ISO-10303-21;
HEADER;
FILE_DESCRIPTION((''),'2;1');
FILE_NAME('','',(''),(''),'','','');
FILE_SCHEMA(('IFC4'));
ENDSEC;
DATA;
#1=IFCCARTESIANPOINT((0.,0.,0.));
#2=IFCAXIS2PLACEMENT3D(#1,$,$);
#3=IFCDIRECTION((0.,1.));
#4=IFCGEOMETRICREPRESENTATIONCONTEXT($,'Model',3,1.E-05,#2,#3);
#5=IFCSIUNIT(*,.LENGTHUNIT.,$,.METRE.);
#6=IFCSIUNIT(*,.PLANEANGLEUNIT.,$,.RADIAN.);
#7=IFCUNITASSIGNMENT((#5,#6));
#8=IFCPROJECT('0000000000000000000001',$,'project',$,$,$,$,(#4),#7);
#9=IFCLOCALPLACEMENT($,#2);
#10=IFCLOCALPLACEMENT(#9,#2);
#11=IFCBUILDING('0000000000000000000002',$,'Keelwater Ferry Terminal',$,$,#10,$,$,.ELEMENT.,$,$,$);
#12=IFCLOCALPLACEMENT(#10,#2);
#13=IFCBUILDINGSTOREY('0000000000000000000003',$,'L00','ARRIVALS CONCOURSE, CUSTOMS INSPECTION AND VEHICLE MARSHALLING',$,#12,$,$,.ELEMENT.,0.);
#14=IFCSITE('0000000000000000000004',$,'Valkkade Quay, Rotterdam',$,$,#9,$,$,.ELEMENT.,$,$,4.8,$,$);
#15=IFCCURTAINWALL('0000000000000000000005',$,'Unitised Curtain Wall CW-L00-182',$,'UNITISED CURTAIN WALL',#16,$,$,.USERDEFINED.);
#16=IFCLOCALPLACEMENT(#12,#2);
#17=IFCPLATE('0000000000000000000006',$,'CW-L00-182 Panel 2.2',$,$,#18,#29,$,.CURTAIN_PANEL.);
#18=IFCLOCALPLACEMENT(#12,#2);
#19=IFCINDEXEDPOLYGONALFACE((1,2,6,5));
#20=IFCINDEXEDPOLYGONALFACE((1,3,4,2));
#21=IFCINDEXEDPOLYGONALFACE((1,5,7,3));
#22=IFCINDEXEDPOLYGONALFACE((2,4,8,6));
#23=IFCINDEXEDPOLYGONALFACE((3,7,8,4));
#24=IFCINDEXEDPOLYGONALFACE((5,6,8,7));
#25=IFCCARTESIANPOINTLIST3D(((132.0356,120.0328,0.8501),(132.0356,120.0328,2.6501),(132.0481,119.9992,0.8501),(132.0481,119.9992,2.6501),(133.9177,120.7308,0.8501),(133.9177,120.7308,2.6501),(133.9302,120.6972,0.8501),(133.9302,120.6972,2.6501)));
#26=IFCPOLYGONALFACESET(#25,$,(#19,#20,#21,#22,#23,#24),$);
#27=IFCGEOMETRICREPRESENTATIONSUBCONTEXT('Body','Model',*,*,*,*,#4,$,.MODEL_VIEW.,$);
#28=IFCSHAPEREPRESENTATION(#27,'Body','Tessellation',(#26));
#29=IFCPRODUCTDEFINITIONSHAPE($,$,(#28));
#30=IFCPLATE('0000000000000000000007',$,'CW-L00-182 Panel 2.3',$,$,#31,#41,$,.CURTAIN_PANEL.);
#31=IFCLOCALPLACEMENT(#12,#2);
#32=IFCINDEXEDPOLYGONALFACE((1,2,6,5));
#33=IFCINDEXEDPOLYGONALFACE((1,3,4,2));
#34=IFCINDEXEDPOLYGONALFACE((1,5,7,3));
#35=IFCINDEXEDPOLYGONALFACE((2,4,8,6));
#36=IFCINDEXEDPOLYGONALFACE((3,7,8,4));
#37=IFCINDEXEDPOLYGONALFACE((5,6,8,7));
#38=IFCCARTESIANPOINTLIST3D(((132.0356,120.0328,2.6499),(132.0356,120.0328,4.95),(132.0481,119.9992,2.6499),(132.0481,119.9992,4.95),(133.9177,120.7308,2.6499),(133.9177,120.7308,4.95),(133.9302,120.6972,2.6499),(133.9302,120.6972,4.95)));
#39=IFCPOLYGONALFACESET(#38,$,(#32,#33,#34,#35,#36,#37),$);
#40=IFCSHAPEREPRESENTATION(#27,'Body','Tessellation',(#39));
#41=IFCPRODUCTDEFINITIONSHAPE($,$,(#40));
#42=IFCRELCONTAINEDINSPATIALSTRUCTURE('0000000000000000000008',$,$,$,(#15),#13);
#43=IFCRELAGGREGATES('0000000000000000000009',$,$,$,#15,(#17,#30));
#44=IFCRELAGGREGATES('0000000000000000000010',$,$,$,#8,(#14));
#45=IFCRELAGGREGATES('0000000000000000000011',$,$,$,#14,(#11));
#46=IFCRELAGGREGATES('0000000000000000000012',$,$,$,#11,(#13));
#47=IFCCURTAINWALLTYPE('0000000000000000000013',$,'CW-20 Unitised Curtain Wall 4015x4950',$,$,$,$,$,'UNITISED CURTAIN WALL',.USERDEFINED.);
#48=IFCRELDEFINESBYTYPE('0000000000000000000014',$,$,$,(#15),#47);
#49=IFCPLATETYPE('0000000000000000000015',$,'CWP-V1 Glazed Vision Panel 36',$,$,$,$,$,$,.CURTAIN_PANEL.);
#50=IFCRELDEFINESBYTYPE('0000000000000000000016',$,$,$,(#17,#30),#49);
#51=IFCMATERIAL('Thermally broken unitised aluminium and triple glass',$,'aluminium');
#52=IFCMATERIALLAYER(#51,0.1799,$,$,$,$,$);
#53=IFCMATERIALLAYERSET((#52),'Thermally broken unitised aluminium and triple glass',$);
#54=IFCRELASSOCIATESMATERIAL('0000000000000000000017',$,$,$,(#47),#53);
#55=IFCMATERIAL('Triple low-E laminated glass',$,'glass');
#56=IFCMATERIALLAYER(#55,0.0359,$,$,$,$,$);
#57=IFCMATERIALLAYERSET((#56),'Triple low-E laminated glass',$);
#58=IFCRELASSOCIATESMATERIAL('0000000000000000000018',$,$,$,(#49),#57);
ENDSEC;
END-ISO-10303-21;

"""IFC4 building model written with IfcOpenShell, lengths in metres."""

from ifc_helpers import new_model, si_unit, direction, frame, origin, origin_2d, place, context, subcontext, project, spatial, rectangle, extrude, material, layer, layer_set, type_object, element, aggregate, save


model = new_model("IFC4")

# Units and contexts
model_context = context("Model", 3, precision=1e-05, world=origin(), true_north=direction((0.0, 1.0)))
body_context = subcontext(model_context, "Body", "Model", "MODEL_VIEW")
ifc_project = project(units=[si_unit("LENGTHUNIT", "METRE"), si_unit("PLANEANGLEUNIT", "RADIAN")], contexts=[model_context])

# Site, building, storey
site_placement = place(None, origin())
site = spatial("IfcSite", under=ifc_project, at=site_placement, Name="Valkkade Quay, Rotterdam", CompositionType="ELEMENT", RefElevation=4.8)
building_placement = place(site_placement, origin())
building = spatial("IfcBuilding", under=site, at=building_placement, Name="Keelwater Ferry Terminal", CompositionType="ELEMENT")
storey_placement = place(building_placement, origin())
storey = spatial("IfcBuildingStorey", under=building, at=storey_placement, Name="L00", Description="ARRIVALS CONCOURSE, CUSTOMS INSPECTION AND VEHICLE MARSHALLING", CompositionType="ELEMENT", Elevation=0.0)

# Curtain wall
ifc_material_1 = material(Name="Thermally broken unitised aluminium and triple glass", Category="aluminium")
ifc_layer_1 = layer(ifc_material_1, 0.1799)
ifc_layer_set_1 = layer_set([ifc_layer_1], Name="Thermally broken unitised aluminium and triple glass")
curtain_wall_type = type_object("IfcCurtainWallType", Name="CW-20 Unitised Curtain Wall 4015x4950", ElementType="UNITISED CURTAIN WALL", PredefinedType="USERDEFINED", material=ifc_layer_set_1)
curtain_wall_placement = place(storey_placement, origin())
curtain_wall = element("IfcCurtainWall", 1, at=curtain_wall_placement, inside=storey, type_object=curtain_wall_type, Name="Unitised Curtain Wall CW-L00-182", ObjectType="UNITISED CURTAIN WALL", PredefinedType="USERDEFINED")

# Plates
ifc_material_2 = material(Name="Triple low-E laminated glass", Category="glass")
ifc_layer_2 = layer(ifc_material_2, 0.0359)
ifc_layer_set_2 = layer_set([ifc_layer_2], Name="Triple low-E laminated glass")
plate_type_1 = type_object("IfcPlateType", Name="CWP-V1 Glazed Vision Panel 36", PredefinedType="CURTAIN_PANEL", material=ifc_layer_set_2)
plate_1_placement = place(storey_placement, frame((132.9829, 120.365, 0.8501), z_axis=(0.0, 0.0, 1.0), x_axis=(-0.937592, -0.347736, 0.0)))
plate_1 = element("IfcPlate", 2, at=plate_1_placement, type_object=plate_type_1, Name="CW-L00-182 Panel 2.2", PredefinedType="CURTAIN_PANEL", context=body_context, shape_type="SweptSolid", body=[
    extrude(rectangle(XDim=2.0073, YDim=0.0359, at=origin_2d()), origin(), (0.0, 0.0, 1.0), 1.8),
])
plate_2_placement = place(storey_placement, frame((132.9829, 120.365, 2.6499), z_axis=(0.0, 0.0, 1.0), x_axis=(-0.937592, -0.347736, 0.0)))
plate_2 = element("IfcPlate", 3, at=plate_2_placement, type_object=plate_type_1, Name="CW-L00-182 Panel 2.3", PredefinedType="CURTAIN_PANEL", context=body_context, shape_type="SweptSolid", body=[
    extrude(rectangle(XDim=2.0073, YDim=0.0359, at=origin_2d()), origin(), (0.0, 0.0, 1.0), 2.3),
])
aggregate(curtain_wall, [plate_1, plate_2])

save(model, "model.ifc")
